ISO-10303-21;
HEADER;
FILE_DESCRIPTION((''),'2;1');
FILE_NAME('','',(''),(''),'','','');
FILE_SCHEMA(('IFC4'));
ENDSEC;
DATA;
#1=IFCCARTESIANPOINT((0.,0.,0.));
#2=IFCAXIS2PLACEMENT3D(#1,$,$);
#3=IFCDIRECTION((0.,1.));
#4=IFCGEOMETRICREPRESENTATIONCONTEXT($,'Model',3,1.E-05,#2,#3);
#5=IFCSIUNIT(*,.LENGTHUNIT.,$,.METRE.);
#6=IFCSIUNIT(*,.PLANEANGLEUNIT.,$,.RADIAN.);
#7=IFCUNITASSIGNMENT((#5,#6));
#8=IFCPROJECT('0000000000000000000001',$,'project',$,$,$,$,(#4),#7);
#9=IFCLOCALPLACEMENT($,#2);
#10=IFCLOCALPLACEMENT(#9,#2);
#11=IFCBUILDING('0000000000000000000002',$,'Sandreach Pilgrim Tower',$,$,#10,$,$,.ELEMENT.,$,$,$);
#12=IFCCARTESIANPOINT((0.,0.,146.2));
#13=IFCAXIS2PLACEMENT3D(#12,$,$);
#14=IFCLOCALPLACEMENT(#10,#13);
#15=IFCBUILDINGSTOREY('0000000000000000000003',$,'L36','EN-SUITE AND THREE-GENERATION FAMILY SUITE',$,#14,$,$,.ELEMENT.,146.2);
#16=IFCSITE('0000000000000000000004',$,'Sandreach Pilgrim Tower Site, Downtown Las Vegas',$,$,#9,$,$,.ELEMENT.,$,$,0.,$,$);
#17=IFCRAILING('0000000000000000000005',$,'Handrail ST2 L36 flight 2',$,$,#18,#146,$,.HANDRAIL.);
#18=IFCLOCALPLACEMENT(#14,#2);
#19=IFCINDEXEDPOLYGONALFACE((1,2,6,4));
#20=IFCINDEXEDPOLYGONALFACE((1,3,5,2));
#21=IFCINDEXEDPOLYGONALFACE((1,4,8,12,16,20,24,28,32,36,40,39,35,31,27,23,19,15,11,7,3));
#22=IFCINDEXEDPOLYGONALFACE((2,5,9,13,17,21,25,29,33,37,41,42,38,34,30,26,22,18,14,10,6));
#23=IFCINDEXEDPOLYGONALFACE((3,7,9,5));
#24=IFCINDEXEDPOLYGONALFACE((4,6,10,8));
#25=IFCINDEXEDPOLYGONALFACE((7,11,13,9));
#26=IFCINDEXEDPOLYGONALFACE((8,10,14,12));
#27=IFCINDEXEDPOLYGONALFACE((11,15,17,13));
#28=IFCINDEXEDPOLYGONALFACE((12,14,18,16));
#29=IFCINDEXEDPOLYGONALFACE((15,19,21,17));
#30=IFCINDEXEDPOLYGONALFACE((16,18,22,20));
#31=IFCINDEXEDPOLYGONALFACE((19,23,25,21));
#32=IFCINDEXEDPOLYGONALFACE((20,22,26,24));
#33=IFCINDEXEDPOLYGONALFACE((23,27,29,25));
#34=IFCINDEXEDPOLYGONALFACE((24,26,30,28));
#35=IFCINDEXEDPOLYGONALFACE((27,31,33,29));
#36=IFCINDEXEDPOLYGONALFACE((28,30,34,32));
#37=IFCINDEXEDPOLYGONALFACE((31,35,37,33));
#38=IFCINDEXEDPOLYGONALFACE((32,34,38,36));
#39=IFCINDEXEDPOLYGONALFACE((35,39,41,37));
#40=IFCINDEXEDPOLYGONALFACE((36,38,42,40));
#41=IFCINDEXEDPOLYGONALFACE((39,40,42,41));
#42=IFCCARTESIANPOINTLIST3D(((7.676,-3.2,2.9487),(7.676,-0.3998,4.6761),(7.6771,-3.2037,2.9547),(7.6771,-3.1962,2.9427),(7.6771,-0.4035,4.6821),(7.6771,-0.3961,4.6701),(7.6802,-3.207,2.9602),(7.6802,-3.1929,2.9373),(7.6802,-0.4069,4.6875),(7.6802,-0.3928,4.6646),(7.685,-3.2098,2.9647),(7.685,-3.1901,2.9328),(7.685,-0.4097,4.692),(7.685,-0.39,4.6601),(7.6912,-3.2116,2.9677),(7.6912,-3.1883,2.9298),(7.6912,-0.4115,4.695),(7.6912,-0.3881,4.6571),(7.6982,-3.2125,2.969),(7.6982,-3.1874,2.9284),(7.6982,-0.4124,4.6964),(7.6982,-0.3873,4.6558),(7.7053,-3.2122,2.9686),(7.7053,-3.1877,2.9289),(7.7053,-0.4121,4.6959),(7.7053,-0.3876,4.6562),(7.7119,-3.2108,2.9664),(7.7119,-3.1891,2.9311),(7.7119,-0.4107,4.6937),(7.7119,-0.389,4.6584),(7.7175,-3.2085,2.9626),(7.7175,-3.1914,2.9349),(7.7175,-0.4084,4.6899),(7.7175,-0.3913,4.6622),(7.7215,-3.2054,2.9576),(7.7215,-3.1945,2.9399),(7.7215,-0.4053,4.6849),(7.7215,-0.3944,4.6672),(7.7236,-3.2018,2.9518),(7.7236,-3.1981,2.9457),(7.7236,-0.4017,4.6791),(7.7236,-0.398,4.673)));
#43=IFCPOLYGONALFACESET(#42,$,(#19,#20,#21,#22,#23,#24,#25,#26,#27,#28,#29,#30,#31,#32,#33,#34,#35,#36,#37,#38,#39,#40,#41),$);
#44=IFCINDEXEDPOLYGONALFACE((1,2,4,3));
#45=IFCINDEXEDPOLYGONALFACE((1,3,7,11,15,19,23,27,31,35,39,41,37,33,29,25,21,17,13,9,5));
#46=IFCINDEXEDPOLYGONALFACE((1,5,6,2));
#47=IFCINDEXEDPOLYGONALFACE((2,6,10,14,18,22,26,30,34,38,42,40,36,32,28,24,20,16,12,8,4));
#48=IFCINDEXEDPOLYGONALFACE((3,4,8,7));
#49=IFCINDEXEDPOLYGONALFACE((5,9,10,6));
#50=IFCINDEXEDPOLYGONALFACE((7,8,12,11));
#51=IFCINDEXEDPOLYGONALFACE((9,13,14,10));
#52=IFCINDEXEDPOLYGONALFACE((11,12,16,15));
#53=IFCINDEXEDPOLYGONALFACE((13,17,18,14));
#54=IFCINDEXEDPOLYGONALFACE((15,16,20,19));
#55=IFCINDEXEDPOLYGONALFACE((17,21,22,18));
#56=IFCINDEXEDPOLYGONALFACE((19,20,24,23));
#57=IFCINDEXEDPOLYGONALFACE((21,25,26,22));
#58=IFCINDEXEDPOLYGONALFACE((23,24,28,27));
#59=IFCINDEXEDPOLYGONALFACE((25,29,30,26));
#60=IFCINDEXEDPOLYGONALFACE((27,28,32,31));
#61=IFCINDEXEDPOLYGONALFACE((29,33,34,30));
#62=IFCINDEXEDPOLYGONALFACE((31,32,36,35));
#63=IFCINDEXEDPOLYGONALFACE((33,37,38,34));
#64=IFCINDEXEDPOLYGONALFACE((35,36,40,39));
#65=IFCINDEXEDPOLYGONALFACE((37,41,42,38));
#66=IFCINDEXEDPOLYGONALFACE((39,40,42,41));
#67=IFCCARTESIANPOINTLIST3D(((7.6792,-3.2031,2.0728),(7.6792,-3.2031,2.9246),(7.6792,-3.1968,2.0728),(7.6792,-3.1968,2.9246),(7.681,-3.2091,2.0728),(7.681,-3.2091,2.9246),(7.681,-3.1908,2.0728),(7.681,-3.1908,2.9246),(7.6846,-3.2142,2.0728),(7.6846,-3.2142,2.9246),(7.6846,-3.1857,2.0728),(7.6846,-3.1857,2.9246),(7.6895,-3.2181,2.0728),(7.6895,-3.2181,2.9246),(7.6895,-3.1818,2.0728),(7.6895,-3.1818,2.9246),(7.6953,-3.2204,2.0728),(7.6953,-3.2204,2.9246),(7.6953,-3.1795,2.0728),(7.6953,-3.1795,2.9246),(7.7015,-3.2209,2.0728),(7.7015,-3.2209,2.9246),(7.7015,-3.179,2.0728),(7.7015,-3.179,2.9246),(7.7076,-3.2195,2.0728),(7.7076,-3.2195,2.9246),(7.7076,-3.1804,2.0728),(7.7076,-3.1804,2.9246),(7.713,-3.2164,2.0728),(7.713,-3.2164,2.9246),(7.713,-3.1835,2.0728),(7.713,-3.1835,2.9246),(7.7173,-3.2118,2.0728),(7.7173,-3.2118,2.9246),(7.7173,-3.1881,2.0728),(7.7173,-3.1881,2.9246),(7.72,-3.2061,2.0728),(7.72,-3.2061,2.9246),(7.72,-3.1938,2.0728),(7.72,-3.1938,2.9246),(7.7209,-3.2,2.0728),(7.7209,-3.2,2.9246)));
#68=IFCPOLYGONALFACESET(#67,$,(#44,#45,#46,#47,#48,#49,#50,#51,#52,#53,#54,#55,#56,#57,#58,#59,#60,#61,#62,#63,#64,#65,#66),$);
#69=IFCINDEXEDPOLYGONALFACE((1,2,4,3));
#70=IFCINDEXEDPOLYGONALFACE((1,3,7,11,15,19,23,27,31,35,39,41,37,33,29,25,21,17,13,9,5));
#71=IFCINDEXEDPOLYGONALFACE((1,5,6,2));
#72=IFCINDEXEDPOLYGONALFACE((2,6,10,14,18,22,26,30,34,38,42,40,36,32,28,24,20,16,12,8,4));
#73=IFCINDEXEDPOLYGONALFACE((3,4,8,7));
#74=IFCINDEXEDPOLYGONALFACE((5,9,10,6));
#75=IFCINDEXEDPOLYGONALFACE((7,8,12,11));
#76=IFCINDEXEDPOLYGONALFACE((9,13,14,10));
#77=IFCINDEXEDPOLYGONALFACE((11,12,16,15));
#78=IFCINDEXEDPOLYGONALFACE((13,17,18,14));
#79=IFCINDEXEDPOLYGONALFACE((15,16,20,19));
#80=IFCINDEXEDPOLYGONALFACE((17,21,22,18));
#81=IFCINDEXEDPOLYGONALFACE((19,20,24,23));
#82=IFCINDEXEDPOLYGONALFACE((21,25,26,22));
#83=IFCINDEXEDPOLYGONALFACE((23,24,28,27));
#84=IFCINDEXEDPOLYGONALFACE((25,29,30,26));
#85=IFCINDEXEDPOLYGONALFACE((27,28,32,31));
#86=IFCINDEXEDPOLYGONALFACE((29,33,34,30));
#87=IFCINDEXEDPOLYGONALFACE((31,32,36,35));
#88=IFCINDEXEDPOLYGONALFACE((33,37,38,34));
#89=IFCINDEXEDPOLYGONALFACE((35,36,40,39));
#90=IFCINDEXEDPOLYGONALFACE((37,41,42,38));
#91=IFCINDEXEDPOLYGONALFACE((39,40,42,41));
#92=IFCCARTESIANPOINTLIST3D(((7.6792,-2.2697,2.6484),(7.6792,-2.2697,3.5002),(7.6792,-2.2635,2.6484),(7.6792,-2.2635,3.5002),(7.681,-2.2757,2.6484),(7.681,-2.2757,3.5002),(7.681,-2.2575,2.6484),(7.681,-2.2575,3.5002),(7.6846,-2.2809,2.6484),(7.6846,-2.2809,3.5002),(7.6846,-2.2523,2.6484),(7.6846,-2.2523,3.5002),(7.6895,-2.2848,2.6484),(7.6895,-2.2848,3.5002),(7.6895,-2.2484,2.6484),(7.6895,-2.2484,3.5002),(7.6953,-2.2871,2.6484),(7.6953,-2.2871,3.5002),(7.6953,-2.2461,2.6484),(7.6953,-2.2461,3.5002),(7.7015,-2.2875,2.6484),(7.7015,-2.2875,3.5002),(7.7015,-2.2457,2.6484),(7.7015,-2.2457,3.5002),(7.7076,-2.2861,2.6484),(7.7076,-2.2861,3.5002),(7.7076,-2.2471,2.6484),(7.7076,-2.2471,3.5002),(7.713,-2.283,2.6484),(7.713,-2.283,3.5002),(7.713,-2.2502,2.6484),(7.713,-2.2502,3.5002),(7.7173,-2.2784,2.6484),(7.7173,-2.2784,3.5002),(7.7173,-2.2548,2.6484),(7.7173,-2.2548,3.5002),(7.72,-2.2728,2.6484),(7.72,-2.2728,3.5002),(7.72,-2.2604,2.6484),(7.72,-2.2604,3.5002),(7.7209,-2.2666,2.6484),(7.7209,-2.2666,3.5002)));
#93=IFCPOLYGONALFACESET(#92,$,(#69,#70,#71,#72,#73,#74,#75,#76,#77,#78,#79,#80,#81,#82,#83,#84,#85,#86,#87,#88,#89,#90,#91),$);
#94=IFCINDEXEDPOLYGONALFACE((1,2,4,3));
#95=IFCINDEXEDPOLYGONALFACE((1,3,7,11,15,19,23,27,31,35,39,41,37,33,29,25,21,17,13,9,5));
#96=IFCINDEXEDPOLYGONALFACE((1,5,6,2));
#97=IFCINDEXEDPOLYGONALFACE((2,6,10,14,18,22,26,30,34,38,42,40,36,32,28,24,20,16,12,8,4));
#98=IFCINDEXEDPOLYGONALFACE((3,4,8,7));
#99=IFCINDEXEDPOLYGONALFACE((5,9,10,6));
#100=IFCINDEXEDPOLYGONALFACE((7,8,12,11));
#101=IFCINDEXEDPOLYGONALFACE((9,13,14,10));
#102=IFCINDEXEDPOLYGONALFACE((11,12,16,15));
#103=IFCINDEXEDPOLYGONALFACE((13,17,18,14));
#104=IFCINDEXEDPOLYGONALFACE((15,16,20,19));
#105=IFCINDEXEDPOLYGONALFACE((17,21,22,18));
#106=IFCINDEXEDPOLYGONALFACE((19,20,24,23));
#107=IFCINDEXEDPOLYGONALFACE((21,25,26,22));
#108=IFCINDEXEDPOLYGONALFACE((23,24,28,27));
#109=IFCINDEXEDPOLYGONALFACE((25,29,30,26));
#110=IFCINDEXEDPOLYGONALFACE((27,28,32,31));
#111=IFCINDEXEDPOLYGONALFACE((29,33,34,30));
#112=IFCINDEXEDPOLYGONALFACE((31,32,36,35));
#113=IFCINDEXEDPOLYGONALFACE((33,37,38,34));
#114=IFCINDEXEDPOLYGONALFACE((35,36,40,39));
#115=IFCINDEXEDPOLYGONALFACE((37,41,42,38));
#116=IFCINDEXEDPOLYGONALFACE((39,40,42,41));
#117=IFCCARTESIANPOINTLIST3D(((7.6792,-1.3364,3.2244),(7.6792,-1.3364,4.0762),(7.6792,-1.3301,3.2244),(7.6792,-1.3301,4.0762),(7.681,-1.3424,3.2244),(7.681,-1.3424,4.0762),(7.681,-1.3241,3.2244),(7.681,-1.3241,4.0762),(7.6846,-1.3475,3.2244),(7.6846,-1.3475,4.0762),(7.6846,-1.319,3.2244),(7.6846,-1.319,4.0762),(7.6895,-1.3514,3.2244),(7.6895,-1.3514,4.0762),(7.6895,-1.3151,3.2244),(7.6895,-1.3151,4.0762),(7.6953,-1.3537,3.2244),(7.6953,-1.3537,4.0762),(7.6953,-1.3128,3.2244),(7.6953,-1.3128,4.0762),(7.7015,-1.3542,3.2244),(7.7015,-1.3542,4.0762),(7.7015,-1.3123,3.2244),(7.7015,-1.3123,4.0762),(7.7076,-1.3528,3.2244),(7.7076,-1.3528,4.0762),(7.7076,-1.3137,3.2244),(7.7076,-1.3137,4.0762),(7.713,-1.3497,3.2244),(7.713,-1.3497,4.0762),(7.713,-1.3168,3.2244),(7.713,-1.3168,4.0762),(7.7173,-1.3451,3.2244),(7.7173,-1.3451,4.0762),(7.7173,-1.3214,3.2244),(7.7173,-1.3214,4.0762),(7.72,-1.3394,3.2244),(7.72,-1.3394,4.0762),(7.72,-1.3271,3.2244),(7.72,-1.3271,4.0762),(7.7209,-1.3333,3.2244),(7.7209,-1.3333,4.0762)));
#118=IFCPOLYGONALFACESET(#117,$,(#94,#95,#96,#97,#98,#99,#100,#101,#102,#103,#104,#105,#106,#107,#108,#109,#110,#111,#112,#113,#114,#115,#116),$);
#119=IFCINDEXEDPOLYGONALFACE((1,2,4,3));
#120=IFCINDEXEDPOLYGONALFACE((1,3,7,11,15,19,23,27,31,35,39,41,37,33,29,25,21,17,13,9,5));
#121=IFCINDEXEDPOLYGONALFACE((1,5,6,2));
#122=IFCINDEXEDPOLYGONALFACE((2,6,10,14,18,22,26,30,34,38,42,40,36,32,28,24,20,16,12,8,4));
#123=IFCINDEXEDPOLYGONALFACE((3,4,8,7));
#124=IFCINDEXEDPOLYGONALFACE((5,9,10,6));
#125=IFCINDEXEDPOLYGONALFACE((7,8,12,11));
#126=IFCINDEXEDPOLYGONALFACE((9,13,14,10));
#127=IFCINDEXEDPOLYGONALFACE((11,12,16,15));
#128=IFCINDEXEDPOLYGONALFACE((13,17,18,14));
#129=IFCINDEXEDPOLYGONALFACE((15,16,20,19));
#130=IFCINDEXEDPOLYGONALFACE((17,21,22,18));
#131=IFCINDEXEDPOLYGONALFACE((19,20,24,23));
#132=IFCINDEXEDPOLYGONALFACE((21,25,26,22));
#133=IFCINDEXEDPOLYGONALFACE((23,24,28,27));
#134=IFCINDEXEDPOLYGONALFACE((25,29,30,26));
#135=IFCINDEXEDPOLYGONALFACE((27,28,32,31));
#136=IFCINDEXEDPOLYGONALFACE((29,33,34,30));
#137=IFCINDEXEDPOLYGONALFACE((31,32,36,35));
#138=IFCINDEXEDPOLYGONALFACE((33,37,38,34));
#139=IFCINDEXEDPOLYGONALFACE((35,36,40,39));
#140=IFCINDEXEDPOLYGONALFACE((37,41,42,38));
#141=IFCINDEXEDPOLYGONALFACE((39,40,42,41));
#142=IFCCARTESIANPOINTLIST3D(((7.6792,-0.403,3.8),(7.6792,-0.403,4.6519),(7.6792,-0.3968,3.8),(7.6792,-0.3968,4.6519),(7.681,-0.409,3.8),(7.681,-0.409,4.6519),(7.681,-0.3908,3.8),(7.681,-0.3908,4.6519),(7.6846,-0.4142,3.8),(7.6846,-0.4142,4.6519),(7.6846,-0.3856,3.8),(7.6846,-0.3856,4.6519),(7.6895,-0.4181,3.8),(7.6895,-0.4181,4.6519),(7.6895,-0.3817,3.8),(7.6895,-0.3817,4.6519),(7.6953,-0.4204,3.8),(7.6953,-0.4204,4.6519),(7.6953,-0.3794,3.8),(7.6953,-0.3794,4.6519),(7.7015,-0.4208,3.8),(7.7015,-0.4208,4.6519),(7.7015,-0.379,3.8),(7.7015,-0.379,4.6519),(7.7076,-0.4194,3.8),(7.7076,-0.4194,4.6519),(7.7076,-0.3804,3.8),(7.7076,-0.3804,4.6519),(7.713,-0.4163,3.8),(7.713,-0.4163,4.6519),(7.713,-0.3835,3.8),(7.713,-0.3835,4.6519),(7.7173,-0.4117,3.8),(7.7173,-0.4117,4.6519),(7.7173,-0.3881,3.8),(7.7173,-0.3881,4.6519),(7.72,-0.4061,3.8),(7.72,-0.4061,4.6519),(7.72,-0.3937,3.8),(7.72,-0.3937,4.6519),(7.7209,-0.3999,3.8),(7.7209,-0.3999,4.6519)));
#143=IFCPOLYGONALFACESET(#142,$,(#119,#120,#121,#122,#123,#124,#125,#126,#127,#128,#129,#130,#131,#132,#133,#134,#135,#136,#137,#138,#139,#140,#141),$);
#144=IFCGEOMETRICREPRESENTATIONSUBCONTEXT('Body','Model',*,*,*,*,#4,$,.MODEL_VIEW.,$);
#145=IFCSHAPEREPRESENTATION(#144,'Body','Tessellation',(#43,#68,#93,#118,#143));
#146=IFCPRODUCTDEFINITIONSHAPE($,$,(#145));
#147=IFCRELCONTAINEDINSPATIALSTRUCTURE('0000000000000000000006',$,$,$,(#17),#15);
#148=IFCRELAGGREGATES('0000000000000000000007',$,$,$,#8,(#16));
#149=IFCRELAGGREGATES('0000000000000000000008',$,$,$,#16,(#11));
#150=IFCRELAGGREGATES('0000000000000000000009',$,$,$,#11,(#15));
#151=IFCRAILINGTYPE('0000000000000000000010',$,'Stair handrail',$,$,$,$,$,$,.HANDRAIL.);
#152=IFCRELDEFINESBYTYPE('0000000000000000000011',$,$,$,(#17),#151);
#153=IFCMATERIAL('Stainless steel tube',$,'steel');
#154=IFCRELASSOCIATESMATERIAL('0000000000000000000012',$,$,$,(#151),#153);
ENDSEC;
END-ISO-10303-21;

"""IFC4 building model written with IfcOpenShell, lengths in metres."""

from ifc_helpers import new_model, si_unit, direction, frame, origin, origin_2d, place, context, subcontext, project, spatial, circle, extrude, material, type_object, element, save


model = new_model("IFC4")

# Units and contexts
model_context = context("Model", 3, precision=1e-05, world=origin(), true_north=direction((0.0, 1.0)))
body_context = subcontext(model_context, "Body", "Model", "MODEL_VIEW")
ifc_project = project(units=[si_unit("LENGTHUNIT", "METRE"), si_unit("PLANEANGLEUNIT", "RADIAN")], contexts=[model_context])

# Site, building, storey
site_placement = place(None, origin())
site = spatial("IfcSite", under=ifc_project, at=site_placement, Name="Sandreach Pilgrim Tower Site, Downtown Las Vegas", CompositionType="ELEMENT", RefElevation=0.0)
building_placement = place(site_placement, origin())
building = spatial("IfcBuilding", under=site, at=building_placement, Name="Sandreach Pilgrim Tower", CompositionType="ELEMENT")
storey_placement = place(building_placement, frame((0.0, 0.0, 146.2)))
storey = spatial("IfcBuildingStorey", under=building, at=storey_placement, Name="L36", Description="EN-SUITE AND THREE-GENERATION FAMILY SUITE", CompositionType="ELEMENT", Elevation=146.2)

# Railing
ifc_material_1 = material(Name="Stainless steel tube", Category="steel")
railing_type = type_object("IfcRailingType", Name="Stair handrail", PredefinedType="HANDRAIL", material=ifc_material_1)
for number, where, name in (
    (1, (7.7, -3.2, 2.0728), "Handrail ST2 L36 flight 2"),
):
    element("IfcRailing", number, at=place(storey_placement, frame(where)), inside=storey, type_object=railing_type, Name=name, PredefinedType="HANDRAIL", context=body_context, shape_type="SweptSolid", body=[
        extrude(circle(Radius=0.0239, at=origin_2d()), frame((0.0, 0.0, 0.876), z_axis=(0.0, 0.85109, 0.52502), x_axis=(-1.0, 0.0, 0.0)), (0.0, 0.0, 1.0), 3.29),
        extrude(circle(Radius=0.021, at=origin_2d()), origin(), (0.0, 0.0, 1.0), 0.8518),
        extrude(circle(Radius=0.021, at=origin_2d()), frame((0.0, 0.9333, 0.5757)), (0.0, 0.0, 1.0), 0.8518),
        extrude(circle(Radius=0.021, at=origin_2d()), frame((0.0, 1.8667, 1.1516)), (0.0, 0.0, 1.0), 0.8518),
        extrude(circle(Radius=0.021, at=origin_2d()), frame((0.0, 2.8, 1.7273)), (0.0, 0.0, 1.0), 0.8518),
    ])

save(model, "model.ifc")
